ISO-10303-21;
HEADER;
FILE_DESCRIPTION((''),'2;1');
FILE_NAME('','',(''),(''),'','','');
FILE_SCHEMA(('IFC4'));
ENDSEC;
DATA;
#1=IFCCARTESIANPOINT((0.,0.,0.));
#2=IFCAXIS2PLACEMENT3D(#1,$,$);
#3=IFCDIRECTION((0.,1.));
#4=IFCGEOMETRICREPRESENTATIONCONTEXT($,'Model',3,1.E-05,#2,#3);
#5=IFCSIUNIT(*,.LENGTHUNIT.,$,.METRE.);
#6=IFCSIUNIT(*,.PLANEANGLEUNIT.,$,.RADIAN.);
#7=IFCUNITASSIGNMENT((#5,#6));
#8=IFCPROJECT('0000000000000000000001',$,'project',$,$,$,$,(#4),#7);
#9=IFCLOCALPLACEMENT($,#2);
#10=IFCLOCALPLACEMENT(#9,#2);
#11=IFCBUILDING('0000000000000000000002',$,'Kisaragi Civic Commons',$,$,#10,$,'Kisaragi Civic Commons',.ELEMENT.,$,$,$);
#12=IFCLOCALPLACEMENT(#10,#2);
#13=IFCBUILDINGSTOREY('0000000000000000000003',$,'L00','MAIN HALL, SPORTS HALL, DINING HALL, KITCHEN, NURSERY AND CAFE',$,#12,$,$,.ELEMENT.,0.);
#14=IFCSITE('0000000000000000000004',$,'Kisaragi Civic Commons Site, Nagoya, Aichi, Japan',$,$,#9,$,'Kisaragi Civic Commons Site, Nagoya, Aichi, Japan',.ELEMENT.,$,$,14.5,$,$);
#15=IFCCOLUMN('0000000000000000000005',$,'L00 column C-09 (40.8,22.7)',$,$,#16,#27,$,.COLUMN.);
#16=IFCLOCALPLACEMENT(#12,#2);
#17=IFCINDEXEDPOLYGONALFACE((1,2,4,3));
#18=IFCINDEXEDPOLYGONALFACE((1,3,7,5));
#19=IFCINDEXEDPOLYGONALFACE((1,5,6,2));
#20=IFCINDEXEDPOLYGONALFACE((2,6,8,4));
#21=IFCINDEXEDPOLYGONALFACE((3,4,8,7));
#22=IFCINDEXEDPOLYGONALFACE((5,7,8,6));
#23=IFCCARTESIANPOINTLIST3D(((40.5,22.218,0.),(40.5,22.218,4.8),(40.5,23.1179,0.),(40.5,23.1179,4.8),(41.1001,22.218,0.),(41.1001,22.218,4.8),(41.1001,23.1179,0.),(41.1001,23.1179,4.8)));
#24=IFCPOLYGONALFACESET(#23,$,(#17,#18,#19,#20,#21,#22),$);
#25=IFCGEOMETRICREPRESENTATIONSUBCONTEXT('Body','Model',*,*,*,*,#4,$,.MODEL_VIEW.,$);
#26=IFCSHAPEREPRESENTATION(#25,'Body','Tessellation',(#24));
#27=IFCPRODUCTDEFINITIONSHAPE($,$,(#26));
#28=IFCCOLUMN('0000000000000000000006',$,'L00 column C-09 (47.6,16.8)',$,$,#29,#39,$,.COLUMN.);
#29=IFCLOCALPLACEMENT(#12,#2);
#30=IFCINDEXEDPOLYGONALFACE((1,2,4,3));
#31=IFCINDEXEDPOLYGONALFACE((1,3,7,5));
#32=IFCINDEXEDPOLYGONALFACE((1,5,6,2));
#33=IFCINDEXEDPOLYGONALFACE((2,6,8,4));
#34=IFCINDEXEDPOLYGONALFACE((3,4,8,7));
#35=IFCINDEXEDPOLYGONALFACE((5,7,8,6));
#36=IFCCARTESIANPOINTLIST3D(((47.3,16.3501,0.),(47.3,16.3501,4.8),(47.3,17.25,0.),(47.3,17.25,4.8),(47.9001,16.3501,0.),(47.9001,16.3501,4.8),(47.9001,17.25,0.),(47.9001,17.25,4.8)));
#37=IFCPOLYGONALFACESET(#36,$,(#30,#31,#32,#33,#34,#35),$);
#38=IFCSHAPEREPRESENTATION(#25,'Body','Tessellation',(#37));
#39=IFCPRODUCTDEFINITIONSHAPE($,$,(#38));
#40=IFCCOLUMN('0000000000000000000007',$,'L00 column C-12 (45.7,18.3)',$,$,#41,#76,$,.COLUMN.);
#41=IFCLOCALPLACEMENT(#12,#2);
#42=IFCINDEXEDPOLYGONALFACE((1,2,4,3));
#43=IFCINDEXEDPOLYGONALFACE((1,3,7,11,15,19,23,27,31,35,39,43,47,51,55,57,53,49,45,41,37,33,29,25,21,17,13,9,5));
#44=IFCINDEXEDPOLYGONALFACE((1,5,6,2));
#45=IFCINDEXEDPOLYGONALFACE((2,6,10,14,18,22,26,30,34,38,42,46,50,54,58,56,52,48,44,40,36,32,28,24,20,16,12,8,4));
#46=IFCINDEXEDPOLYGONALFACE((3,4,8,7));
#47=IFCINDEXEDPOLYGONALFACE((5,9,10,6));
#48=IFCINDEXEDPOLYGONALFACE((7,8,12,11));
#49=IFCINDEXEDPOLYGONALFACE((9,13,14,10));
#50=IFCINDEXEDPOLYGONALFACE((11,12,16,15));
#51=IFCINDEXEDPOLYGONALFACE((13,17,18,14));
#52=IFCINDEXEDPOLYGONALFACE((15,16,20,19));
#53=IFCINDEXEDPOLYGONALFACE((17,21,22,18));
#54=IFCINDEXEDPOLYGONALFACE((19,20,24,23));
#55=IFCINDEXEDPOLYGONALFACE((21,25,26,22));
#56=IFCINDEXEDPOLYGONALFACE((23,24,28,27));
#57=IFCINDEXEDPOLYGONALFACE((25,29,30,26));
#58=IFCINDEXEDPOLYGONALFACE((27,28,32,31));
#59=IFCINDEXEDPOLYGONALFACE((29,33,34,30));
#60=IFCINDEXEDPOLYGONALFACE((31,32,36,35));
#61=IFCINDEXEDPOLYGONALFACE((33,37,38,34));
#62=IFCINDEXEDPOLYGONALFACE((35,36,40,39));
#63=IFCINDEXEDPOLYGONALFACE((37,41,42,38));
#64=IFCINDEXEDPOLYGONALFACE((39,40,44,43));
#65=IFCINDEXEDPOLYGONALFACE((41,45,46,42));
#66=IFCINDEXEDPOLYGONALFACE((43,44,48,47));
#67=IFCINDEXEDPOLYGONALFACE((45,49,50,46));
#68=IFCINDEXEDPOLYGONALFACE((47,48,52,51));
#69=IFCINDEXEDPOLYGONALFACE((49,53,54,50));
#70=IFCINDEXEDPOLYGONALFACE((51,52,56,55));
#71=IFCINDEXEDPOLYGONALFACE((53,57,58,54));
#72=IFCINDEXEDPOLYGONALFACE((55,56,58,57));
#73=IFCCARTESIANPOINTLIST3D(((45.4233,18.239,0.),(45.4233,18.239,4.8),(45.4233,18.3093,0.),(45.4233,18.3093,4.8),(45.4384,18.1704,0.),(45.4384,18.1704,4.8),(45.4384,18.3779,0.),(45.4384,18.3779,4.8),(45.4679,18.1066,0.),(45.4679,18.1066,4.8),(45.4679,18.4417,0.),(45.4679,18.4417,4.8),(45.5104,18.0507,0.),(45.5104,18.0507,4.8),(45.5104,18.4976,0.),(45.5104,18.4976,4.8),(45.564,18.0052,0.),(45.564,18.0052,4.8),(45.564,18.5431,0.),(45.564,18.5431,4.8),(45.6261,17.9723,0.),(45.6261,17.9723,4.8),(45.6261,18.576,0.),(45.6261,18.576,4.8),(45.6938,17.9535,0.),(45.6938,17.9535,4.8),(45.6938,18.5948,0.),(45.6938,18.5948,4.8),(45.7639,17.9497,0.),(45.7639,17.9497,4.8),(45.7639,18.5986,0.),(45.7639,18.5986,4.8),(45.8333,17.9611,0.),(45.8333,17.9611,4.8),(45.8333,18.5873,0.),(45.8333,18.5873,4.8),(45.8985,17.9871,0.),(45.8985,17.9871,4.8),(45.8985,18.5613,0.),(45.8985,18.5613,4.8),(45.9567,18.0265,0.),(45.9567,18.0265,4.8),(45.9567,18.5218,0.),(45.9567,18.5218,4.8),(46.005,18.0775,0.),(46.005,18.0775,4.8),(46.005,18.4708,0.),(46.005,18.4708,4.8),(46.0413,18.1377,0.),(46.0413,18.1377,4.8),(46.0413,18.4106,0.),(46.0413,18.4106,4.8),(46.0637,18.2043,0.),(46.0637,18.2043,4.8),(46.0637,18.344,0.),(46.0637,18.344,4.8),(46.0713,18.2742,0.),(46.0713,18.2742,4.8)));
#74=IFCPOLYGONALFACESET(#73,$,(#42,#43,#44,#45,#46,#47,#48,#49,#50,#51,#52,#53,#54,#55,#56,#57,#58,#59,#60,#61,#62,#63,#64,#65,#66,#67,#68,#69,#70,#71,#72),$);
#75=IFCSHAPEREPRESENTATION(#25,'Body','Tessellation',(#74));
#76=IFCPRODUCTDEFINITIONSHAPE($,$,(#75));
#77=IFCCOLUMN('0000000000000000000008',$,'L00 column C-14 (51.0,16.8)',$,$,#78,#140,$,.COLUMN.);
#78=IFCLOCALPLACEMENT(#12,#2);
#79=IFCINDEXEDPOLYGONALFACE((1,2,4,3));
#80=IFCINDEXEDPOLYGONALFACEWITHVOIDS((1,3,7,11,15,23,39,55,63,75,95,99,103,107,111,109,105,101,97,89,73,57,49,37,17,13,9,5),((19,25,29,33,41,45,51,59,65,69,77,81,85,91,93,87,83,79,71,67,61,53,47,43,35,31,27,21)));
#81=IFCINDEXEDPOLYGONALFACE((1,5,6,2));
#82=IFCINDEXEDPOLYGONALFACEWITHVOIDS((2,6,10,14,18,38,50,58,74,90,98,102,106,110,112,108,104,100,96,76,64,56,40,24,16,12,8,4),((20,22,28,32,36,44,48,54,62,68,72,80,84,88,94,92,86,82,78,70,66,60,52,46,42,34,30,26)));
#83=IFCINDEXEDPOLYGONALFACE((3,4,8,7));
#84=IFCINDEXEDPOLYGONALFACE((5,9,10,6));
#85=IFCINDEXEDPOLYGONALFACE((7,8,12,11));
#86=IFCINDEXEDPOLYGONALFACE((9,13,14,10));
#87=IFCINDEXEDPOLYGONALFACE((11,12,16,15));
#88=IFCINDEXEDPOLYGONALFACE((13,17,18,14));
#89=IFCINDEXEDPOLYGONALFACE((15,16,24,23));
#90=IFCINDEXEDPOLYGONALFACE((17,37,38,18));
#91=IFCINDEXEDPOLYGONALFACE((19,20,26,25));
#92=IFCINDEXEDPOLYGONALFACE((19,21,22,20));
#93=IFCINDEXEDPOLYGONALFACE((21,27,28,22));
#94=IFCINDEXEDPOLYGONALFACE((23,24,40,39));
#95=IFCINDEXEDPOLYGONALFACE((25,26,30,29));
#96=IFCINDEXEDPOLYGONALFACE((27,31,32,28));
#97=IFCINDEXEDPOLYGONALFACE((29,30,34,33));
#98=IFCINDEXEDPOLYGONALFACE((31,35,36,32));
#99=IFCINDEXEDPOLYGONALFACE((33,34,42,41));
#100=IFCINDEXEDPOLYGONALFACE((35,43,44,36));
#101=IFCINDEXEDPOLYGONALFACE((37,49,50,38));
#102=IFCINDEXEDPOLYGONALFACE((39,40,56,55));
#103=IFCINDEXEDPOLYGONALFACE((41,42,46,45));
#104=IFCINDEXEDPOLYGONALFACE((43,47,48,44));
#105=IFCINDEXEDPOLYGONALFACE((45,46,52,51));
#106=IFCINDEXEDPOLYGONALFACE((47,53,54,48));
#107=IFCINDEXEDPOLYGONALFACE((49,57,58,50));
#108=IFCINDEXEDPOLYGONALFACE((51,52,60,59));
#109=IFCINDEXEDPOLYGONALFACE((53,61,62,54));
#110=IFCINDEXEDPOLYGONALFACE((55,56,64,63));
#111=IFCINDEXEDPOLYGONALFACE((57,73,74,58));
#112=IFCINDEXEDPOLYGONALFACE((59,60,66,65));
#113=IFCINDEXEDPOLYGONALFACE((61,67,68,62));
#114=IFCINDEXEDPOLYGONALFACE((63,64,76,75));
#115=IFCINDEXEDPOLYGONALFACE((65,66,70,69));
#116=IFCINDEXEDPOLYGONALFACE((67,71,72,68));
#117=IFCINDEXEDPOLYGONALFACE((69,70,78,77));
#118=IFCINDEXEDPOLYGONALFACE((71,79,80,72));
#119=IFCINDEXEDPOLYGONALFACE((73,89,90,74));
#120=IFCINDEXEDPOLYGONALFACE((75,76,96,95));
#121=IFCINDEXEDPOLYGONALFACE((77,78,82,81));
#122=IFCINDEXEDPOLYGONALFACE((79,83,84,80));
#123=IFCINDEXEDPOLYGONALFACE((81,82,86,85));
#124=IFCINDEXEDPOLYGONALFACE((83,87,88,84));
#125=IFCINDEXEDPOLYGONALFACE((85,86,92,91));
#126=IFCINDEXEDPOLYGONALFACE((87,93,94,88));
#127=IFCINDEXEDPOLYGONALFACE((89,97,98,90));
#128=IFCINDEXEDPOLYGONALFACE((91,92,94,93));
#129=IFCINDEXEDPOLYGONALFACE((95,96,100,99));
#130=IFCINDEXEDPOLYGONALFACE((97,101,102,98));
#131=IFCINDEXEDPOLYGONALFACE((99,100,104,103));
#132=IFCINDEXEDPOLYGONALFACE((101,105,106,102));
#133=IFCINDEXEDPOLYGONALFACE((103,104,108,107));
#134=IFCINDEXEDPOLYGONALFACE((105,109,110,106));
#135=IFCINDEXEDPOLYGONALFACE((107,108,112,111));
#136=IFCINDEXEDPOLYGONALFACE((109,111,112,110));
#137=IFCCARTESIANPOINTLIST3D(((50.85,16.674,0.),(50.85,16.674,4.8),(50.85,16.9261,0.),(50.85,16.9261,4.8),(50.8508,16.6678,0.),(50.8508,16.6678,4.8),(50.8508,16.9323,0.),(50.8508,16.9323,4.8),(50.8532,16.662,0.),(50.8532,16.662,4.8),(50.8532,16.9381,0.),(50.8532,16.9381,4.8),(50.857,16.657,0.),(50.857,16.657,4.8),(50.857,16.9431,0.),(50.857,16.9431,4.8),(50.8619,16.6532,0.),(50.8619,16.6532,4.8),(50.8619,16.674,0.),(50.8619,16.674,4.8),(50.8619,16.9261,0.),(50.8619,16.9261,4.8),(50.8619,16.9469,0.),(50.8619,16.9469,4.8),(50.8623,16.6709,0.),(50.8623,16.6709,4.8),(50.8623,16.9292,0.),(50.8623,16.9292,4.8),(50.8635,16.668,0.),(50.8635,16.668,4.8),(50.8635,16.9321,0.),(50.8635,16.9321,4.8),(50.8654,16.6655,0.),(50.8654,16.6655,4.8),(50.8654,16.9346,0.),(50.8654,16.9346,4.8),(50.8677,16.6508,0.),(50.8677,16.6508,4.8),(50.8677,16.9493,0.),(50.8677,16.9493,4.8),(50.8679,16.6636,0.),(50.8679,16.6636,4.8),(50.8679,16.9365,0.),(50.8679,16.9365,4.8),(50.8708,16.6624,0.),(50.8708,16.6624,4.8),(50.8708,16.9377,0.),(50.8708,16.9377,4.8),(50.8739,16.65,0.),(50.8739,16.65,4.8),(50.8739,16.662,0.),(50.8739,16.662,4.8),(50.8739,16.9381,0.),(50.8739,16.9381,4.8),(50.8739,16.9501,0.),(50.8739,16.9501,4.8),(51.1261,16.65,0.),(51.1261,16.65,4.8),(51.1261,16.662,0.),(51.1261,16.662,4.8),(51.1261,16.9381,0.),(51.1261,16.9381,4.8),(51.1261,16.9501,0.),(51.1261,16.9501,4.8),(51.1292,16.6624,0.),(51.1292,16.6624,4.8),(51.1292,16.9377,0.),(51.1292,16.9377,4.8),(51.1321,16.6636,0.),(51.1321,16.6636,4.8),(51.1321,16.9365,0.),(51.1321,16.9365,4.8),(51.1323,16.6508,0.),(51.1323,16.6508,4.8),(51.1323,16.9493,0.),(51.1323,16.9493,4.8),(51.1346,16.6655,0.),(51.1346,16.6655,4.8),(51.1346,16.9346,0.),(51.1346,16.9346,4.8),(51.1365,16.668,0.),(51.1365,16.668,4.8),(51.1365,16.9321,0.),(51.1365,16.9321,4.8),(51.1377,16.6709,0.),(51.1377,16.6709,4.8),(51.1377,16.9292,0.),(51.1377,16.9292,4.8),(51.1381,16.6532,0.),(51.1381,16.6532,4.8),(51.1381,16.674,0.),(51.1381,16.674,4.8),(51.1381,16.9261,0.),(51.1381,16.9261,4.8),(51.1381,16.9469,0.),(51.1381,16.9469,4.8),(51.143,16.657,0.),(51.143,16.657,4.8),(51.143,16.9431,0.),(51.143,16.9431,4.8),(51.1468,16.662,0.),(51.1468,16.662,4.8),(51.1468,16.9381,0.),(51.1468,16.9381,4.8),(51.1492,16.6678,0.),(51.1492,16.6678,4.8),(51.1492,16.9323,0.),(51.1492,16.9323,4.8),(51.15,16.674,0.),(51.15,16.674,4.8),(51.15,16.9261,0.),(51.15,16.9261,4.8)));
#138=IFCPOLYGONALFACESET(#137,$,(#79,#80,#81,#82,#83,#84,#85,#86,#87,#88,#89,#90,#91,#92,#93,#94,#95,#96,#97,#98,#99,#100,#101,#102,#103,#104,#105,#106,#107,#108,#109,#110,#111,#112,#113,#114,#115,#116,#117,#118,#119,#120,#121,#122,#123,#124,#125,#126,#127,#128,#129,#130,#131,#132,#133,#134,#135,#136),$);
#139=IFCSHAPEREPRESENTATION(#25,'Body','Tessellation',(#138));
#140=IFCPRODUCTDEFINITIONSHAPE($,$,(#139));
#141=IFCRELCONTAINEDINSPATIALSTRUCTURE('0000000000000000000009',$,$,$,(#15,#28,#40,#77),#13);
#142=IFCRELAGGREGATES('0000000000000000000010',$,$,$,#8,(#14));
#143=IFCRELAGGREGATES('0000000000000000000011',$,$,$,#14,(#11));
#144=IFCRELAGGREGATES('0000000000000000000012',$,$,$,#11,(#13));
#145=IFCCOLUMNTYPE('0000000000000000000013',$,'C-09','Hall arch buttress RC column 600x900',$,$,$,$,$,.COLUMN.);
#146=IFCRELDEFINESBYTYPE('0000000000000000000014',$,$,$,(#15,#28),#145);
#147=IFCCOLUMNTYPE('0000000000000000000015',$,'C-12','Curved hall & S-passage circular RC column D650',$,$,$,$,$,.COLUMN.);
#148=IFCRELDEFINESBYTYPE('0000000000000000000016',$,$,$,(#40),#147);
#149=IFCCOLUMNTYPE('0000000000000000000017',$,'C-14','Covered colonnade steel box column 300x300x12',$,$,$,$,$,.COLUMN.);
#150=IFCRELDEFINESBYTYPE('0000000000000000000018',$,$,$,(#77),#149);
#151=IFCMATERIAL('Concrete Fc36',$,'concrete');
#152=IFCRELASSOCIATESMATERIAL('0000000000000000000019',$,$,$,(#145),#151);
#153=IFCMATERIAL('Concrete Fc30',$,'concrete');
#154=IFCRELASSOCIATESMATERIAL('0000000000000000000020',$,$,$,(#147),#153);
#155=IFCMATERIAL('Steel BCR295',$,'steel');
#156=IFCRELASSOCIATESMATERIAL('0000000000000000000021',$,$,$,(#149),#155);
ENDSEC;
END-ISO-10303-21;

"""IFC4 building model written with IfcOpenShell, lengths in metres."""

from ifc_helpers import new_model, si_unit, direction, frame, origin, origin_2d, place, context, subcontext, project, spatial, rectangle, hollow_rectangle, circle, extrude, material, material_profile, profile_set, type_object, element, save


model = new_model("IFC4")

# Units and contexts
model_context = context("Model", 3, precision=1e-05, world=origin(), true_north=direction((0.0, 1.0)))
body_context = subcontext(model_context, "Body", "Model", "MODEL_VIEW")
ifc_project = project(units=[si_unit("LENGTHUNIT", "METRE"), si_unit("PLANEANGLEUNIT", "RADIAN")], contexts=[model_context])

# Site, building, storey
site_placement = place(None, origin())
site = spatial("IfcSite", under=ifc_project, at=site_placement, Name="Kisaragi Civic Commons Site, Nagoya, Aichi, Japan", LongName="Kisaragi Civic Commons Site, Nagoya, Aichi, Japan", CompositionType="ELEMENT", RefElevation=14.5)
building_placement = place(site_placement, origin())
building = spatial("IfcBuilding", under=site, at=building_placement, Name="Kisaragi Civic Commons", LongName="Kisaragi Civic Commons", CompositionType="ELEMENT")
storey_placement = place(building_placement, origin())
storey = spatial("IfcBuildingStorey", under=building, at=storey_placement, Name="L00", Description="MAIN HALL, SPORTS HALL, DINING HALL, KITCHEN, NURSERY AND CAFE", CompositionType="ELEMENT", Elevation=0.0)

# Columns
ifc_material_1 = material(Name="Concrete Fc36", Category="concrete")
ifc_material_profile_1 = material_profile(ifc_material_1, rectangle(XDim=0.6001, YDim=0.8999, at=origin_2d()), Name="RC-600x900", Category="concrete")
ifc_profile_set_1 = profile_set([ifc_material_profile_1], Name="Concrete Fc36")
column_type_1 = type_object("IfcColumnType", Name="C-09", Description="Hall arch buttress RC column 600x900", PredefinedType="COLUMN", material=ifc_profile_set_1)
for number, where, z_axis, x_axis, name in (
    (1, (40.8, 22.668, 0.0), (0.0, 0.0, 1.0), (1.0, 0.0, 0.0), "L00 column C-09 (40.8,22.7)"),
    (2, (47.6001, 16.8, 0.0), (0.0, 0.0, 1.0), (1.0, 0.0, 0.0), "L00 column C-09 (47.6,16.8)"),
):
    element("IfcColumn", number, at=place(storey_placement, frame(where, z_axis=z_axis, x_axis=x_axis)), inside=storey, type_object=column_type_1, Name=name, PredefinedType="COLUMN", context=body_context, shape_type="SweptSolid", body=[
        extrude(rectangle(XDim=0.6001, YDim=0.8999, at=origin_2d()), origin(), (0.0, 0.0, 1.0), 4.8),
    ])
ifc_material_2 = material(Name="Concrete Fc30", Category="concrete")
ifc_material_profile_2 = material_profile(ifc_material_2, circle(Radius=0.325, at=origin_2d()), Name="RC-D650", Category="concrete")
ifc_profile_set_2 = profile_set([ifc_material_profile_2], Name="Concrete Fc30")
column_type_2 = type_object("IfcColumnType", Name="C-12", Description="Curved hall & S-passage circular RC column D650", PredefinedType="COLUMN", material=ifc_profile_set_2)
column_1_placement = place(storey_placement, frame((45.7463, 18.2742, 0.0), z_axis=(0.0, 0.0, 1.0), x_axis=(1.0, 0.0, 0.0)))
element("IfcColumn", 3, at=column_1_placement, inside=storey, type_object=column_type_2, Name="L00 column C-12 (45.7,18.3)", PredefinedType="COLUMN", context=body_context, shape_type="SweptSolid", body=[
    extrude(circle(Radius=0.325, at=origin_2d()), origin(), (0.0, 0.0, 1.0), 4.8),
])
ifc_material_3 = material(Name="Steel BCR295", Category="steel")
ifc_material_profile_3 = material_profile(ifc_material_3, hollow_rectangle(XDim=0.3, YDim=0.3, WallThickness=0.012, InnerFilletRadius=0.012, OuterFilletRadius=0.0239, at=origin_2d()), Name="BCR-300x300x12", Category="steel")
ifc_profile_set_3 = profile_set([ifc_material_profile_3], Name="Steel BCR295")
column_type_3 = type_object("IfcColumnType", Name="C-14", Description="Covered colonnade steel box column 300x300x12", PredefinedType="COLUMN", material=ifc_profile_set_3)
column_2_placement = place(storey_placement, frame((51.0, 16.8, 0.0), z_axis=(0.0, 0.0, 1.0), x_axis=(1.0, 0.0, 0.0)))
element("IfcColumn", 4, at=column_2_placement, inside=storey, type_object=column_type_3, Name="L00 column C-14 (51.0,16.8)", PredefinedType="COLUMN", context=body_context, shape_type="SweptSolid", body=[
    extrude(hollow_rectangle(XDim=0.3, YDim=0.3, WallThickness=0.012, InnerFilletRadius=0.012, OuterFilletRadius=0.0239, at=origin_2d()), origin(), (0.0, 0.0, 1.0), 4.8),
])

save(model, "model.ifc")
